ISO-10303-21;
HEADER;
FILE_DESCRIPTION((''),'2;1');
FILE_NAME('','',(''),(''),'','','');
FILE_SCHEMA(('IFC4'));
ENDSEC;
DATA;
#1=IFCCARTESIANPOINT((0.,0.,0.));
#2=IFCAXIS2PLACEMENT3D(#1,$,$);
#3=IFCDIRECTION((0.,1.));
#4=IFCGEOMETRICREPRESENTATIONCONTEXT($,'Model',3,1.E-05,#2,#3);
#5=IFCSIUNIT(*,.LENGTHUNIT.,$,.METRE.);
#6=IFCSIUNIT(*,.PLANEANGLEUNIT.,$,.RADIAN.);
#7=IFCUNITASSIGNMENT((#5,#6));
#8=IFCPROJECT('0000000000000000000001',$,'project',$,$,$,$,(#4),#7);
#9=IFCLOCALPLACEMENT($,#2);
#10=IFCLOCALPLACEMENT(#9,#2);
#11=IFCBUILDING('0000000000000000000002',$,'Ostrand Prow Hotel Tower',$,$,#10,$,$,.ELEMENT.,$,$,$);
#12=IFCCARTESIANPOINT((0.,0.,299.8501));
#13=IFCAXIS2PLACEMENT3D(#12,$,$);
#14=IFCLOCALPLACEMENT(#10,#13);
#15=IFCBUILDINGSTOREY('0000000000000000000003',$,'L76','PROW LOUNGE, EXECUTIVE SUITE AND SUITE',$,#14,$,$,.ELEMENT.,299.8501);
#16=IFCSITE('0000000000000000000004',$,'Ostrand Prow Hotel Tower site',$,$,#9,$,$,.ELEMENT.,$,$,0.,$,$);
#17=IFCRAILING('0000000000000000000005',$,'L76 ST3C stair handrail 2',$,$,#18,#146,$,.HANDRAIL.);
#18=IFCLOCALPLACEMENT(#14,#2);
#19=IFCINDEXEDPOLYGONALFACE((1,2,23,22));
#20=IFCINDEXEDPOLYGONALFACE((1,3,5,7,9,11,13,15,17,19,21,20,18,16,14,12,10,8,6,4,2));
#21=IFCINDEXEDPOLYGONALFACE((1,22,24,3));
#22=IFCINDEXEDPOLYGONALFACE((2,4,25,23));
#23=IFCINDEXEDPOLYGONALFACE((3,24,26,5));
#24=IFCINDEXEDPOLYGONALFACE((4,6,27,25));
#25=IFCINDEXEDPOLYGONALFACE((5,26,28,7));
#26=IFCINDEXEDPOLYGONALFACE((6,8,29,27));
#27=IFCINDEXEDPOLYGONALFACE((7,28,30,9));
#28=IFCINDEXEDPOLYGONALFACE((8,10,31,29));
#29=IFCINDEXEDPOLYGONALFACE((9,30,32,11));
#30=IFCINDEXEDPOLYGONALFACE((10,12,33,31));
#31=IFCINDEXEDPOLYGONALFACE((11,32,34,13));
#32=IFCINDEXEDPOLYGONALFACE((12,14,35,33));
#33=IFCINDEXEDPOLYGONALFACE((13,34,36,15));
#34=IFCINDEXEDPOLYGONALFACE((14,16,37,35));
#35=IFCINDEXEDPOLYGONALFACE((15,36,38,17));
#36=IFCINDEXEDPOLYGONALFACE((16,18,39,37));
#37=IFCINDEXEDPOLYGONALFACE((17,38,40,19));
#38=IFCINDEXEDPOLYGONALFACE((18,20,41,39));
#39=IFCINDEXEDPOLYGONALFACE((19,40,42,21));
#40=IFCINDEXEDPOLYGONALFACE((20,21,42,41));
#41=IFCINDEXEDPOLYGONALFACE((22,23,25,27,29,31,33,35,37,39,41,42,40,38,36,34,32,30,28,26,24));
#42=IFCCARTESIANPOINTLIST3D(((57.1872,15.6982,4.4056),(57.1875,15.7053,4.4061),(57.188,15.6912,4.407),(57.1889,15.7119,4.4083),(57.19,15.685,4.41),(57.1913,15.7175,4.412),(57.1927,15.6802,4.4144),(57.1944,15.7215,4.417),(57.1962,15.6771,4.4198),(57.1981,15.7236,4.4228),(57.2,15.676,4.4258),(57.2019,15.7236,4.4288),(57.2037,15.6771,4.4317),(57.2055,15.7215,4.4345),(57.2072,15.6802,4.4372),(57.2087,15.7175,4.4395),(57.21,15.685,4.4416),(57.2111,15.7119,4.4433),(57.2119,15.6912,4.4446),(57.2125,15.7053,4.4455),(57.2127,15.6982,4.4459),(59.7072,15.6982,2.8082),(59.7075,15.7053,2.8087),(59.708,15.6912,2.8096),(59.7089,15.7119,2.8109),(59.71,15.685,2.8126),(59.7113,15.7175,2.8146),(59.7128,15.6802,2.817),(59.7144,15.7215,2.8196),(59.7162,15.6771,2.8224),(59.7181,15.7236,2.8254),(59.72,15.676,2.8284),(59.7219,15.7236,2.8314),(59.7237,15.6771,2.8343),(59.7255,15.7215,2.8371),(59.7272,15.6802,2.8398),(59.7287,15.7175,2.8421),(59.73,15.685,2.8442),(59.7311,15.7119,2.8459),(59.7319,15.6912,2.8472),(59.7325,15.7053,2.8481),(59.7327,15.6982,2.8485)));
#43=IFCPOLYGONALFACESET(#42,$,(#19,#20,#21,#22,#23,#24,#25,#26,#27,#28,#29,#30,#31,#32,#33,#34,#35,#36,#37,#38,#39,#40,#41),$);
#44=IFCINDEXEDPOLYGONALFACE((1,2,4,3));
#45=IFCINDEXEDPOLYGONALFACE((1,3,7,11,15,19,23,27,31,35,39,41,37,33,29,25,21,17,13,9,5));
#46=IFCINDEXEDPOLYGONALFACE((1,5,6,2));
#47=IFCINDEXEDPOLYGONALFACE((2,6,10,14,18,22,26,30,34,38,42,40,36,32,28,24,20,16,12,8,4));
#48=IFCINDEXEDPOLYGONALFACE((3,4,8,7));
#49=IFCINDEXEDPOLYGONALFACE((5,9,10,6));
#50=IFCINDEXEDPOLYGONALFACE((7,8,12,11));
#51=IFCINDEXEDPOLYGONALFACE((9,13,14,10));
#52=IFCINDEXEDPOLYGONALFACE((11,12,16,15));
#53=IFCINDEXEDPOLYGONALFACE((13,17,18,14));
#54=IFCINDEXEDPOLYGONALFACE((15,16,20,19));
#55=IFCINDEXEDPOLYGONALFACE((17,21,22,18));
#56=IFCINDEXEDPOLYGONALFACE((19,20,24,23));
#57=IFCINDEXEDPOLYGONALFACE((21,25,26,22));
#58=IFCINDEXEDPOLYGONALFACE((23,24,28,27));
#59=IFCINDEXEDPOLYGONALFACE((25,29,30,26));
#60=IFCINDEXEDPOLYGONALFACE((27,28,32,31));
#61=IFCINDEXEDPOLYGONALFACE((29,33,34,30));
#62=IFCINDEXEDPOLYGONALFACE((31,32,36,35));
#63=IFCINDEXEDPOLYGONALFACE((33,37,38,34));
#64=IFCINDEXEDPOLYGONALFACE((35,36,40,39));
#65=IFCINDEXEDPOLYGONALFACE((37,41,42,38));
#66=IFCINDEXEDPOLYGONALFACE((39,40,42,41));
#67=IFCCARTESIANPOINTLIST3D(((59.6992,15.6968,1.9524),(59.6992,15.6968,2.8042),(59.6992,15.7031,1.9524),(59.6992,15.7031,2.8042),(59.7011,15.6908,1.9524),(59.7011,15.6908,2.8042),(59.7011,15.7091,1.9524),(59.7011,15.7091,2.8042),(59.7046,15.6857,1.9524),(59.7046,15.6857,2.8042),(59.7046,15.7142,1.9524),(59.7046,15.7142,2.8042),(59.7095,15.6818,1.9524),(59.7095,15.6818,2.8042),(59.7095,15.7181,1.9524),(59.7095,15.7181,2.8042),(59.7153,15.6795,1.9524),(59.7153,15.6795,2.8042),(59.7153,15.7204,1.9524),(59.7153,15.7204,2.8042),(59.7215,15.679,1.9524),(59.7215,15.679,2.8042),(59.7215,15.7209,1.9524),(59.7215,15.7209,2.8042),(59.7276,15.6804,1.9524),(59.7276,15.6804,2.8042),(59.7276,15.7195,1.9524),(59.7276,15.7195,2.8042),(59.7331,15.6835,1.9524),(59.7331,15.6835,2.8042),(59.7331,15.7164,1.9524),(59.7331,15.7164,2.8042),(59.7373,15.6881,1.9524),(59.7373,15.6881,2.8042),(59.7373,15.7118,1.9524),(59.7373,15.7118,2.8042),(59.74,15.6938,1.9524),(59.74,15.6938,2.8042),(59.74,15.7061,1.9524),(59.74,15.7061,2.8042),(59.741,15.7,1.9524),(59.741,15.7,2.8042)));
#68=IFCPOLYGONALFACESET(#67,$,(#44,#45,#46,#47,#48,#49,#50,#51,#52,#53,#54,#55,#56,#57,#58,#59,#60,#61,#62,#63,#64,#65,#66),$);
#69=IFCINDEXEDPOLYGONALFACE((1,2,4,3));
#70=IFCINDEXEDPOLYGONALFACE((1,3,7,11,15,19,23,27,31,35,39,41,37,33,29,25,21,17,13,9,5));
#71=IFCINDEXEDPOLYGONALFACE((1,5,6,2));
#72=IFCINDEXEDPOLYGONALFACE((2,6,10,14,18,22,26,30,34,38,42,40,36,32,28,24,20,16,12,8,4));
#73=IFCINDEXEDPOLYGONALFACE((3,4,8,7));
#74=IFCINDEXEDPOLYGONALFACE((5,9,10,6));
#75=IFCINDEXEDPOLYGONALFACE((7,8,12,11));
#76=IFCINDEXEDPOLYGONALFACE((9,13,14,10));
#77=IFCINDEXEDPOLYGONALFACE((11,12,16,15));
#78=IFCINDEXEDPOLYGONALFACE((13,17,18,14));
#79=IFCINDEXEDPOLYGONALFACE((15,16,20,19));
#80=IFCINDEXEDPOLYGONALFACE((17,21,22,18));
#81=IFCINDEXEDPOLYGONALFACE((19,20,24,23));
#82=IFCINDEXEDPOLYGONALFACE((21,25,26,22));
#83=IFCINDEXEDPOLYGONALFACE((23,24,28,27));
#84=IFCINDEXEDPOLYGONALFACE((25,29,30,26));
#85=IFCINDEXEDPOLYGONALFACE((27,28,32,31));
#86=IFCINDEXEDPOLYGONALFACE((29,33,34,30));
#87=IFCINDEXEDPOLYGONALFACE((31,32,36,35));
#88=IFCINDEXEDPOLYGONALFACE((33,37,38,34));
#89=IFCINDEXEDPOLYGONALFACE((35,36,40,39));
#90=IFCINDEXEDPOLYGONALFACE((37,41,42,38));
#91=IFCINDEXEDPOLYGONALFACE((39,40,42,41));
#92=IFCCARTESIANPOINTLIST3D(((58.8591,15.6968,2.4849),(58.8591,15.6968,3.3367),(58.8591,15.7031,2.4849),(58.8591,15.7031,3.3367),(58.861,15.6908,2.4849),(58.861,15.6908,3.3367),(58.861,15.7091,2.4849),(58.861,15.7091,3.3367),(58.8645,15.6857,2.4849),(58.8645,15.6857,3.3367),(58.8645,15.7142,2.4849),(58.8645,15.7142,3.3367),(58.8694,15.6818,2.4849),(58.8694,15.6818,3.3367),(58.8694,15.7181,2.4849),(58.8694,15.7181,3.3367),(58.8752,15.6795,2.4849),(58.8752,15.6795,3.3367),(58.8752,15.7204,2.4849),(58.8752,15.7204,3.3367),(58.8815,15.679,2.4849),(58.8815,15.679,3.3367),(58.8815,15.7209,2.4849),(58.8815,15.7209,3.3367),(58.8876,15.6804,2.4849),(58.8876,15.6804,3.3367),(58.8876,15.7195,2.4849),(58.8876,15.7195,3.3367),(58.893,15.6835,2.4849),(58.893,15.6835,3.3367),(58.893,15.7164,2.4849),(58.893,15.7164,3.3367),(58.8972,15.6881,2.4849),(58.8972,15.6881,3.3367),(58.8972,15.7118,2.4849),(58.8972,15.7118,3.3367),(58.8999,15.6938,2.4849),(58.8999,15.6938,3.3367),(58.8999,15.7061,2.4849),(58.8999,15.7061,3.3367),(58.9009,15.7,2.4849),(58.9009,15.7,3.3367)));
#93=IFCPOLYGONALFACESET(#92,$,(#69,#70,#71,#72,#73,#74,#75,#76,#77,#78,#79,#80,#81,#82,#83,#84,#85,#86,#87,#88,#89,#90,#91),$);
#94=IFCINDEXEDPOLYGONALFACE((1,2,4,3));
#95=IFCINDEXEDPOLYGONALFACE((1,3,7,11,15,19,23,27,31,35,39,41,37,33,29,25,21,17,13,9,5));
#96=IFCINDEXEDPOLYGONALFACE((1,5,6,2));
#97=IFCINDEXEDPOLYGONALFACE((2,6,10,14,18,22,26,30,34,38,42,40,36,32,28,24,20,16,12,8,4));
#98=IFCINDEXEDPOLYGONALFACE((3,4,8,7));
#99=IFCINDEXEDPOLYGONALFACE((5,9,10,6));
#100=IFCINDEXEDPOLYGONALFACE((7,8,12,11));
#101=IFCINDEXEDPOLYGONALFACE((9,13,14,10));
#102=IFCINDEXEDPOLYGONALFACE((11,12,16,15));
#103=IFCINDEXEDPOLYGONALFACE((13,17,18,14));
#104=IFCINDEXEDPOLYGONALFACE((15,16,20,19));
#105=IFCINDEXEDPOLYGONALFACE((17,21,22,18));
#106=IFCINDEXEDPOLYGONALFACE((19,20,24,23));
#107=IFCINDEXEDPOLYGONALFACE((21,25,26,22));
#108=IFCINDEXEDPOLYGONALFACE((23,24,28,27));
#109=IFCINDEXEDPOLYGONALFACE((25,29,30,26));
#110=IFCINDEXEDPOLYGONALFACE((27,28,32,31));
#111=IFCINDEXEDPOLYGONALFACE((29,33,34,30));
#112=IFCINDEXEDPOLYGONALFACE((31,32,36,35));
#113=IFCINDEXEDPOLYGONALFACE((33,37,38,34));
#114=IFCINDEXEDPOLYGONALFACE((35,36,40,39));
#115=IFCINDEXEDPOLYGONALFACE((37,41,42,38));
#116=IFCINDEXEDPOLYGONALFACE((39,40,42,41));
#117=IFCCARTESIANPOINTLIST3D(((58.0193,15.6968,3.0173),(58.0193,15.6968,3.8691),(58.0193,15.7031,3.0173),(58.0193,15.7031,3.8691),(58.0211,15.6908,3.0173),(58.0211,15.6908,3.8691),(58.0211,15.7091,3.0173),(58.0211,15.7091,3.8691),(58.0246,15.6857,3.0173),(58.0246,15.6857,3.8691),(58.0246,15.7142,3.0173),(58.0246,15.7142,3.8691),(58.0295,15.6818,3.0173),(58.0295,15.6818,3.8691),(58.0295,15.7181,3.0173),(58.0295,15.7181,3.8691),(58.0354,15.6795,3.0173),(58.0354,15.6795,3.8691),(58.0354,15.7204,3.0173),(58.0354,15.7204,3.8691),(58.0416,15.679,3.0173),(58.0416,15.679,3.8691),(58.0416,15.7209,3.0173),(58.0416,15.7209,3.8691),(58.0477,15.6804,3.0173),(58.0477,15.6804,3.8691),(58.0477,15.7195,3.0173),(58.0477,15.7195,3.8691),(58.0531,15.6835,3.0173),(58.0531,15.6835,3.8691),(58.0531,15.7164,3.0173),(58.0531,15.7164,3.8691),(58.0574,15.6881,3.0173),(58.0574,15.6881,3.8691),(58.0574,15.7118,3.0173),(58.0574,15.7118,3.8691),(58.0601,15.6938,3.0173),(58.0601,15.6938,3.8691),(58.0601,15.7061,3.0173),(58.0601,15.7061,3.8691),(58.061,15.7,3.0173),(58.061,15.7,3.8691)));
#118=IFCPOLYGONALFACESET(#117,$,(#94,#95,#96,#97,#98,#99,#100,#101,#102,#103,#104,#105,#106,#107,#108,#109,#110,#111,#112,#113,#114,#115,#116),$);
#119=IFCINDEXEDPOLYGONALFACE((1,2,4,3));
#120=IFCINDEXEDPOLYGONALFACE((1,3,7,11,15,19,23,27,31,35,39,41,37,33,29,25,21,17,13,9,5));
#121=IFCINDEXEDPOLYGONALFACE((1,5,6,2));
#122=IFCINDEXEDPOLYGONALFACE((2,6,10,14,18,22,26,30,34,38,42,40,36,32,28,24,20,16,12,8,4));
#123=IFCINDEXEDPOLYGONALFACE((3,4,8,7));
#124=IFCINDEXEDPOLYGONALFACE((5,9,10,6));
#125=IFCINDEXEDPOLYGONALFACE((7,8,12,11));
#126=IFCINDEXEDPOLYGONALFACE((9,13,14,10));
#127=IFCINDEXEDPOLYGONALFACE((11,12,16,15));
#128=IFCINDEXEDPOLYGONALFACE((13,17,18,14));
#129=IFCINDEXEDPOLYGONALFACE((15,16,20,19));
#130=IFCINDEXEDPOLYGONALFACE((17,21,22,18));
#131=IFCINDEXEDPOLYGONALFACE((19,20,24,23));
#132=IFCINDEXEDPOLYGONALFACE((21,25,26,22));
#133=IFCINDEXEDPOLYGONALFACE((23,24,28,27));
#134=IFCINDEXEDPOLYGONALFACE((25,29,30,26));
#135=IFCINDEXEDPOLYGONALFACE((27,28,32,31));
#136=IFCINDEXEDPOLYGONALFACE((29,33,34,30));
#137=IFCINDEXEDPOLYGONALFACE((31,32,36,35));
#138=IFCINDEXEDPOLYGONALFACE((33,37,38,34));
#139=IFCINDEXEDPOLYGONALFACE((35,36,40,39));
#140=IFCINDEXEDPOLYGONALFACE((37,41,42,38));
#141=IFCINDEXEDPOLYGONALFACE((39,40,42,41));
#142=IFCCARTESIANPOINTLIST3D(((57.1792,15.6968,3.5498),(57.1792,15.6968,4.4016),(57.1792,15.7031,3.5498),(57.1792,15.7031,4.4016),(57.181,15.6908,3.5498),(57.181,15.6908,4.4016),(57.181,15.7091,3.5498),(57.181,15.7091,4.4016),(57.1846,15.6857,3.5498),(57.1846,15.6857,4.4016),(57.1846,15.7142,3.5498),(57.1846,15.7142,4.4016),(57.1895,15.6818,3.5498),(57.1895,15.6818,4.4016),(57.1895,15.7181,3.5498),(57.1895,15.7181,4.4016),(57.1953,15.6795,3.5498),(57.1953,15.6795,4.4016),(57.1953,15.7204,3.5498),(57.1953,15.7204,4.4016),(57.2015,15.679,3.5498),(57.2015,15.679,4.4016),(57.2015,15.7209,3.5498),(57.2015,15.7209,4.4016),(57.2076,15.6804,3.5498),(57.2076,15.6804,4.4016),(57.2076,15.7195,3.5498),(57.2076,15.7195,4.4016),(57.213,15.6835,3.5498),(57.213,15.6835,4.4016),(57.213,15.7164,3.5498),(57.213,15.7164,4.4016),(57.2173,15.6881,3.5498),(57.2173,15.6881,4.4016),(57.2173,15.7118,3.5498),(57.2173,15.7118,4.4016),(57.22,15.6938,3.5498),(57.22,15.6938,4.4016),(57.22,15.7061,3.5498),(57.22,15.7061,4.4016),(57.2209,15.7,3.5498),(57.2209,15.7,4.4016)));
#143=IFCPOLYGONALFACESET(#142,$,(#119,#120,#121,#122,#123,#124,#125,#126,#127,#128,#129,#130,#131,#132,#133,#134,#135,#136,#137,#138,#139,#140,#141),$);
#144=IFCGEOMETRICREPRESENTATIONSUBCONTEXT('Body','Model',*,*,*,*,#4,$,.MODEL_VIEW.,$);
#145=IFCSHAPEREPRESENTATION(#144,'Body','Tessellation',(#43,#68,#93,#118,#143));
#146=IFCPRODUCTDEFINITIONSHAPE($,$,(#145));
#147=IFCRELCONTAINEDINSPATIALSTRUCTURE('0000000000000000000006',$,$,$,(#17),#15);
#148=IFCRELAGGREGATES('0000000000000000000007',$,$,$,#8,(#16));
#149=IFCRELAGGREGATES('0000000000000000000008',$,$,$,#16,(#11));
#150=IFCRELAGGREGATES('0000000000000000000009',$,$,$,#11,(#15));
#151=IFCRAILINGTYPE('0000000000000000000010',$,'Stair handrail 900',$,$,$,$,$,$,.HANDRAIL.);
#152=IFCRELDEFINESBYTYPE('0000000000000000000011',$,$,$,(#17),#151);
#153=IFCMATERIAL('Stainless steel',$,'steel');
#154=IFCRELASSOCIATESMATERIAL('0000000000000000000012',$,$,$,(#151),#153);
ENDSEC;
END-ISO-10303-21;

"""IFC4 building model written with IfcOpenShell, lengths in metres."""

from ifc_helpers import new_model, si_unit, direction, frame, origin, origin_2d, place, context, subcontext, project, spatial, circle, extrude, material, type_object, element, save


model = new_model("IFC4")

# Units and contexts
model_context = context("Model", 3, precision=1e-05, world=origin(), true_north=direction((0.0, 1.0)))
body_context = subcontext(model_context, "Body", "Model", "MODEL_VIEW")
ifc_project = project(units=[si_unit("LENGTHUNIT", "METRE"), si_unit("PLANEANGLEUNIT", "RADIAN")], contexts=[model_context])

# Site, building, storey
site_placement = place(None, origin())
site = spatial("IfcSite", under=ifc_project, at=site_placement, Name="Ostrand Prow Hotel Tower site", CompositionType="ELEMENT", RefElevation=0.0)
building_placement = place(site_placement, origin())
building = spatial("IfcBuilding", under=site, at=building_placement, Name="Ostrand Prow Hotel Tower", CompositionType="ELEMENT")
storey_placement = place(building_placement, frame((0.0, 0.0, 299.8501)))
storey = spatial("IfcBuildingStorey", under=building, at=storey_placement, Name="L76", Description="PROW LOUNGE, EXECUTIVE SUITE AND SUITE", CompositionType="ELEMENT", Elevation=299.8501)

# Railing
ifc_material_1 = material(Name="Stainless steel", Category="steel")
railing_type_1 = type_object("IfcRailingType", Name="Stair handrail 900", PredefinedType="HANDRAIL", material=ifc_material_1)
railing_1_placement = place(storey_placement, frame((59.72, 15.7, 1.9524)))
element("IfcRailing", 1, at=railing_1_placement, inside=storey, type_object=railing_type_1, Name="L76 ST3C stair handrail 2", PredefinedType="HANDRAIL", context=body_context, shape_type="SweptSolid", body=[
    extrude(circle(Radius=0.0239, at=origin_2d()), frame((0.0, 0.0, 0.876), z_axis=(-0.844607, 0.0, 0.535387), x_axis=(0.0, -1.0, 0.0)), (0.0, 0.0, 1.0), 2.9836),
    extrude(circle(Radius=0.021, at=origin_2d()), origin(), (0.0, 0.0, 1.0), 0.8518),
    extrude(circle(Radius=0.021, at=origin_2d()), frame((-0.8401, 0.0, 0.5325)), (0.0, 0.0, 1.0), 0.8518),
    extrude(circle(Radius=0.021, at=origin_2d()), frame((-1.6799, 0.0, 1.0649)), (0.0, 0.0, 1.0), 0.8518),
    extrude(circle(Radius=0.021, at=origin_2d()), frame((-2.52, 0.0, 1.5974)), (0.0, 0.0, 1.0), 0.8518),
])

save(model, "model.ifc")
